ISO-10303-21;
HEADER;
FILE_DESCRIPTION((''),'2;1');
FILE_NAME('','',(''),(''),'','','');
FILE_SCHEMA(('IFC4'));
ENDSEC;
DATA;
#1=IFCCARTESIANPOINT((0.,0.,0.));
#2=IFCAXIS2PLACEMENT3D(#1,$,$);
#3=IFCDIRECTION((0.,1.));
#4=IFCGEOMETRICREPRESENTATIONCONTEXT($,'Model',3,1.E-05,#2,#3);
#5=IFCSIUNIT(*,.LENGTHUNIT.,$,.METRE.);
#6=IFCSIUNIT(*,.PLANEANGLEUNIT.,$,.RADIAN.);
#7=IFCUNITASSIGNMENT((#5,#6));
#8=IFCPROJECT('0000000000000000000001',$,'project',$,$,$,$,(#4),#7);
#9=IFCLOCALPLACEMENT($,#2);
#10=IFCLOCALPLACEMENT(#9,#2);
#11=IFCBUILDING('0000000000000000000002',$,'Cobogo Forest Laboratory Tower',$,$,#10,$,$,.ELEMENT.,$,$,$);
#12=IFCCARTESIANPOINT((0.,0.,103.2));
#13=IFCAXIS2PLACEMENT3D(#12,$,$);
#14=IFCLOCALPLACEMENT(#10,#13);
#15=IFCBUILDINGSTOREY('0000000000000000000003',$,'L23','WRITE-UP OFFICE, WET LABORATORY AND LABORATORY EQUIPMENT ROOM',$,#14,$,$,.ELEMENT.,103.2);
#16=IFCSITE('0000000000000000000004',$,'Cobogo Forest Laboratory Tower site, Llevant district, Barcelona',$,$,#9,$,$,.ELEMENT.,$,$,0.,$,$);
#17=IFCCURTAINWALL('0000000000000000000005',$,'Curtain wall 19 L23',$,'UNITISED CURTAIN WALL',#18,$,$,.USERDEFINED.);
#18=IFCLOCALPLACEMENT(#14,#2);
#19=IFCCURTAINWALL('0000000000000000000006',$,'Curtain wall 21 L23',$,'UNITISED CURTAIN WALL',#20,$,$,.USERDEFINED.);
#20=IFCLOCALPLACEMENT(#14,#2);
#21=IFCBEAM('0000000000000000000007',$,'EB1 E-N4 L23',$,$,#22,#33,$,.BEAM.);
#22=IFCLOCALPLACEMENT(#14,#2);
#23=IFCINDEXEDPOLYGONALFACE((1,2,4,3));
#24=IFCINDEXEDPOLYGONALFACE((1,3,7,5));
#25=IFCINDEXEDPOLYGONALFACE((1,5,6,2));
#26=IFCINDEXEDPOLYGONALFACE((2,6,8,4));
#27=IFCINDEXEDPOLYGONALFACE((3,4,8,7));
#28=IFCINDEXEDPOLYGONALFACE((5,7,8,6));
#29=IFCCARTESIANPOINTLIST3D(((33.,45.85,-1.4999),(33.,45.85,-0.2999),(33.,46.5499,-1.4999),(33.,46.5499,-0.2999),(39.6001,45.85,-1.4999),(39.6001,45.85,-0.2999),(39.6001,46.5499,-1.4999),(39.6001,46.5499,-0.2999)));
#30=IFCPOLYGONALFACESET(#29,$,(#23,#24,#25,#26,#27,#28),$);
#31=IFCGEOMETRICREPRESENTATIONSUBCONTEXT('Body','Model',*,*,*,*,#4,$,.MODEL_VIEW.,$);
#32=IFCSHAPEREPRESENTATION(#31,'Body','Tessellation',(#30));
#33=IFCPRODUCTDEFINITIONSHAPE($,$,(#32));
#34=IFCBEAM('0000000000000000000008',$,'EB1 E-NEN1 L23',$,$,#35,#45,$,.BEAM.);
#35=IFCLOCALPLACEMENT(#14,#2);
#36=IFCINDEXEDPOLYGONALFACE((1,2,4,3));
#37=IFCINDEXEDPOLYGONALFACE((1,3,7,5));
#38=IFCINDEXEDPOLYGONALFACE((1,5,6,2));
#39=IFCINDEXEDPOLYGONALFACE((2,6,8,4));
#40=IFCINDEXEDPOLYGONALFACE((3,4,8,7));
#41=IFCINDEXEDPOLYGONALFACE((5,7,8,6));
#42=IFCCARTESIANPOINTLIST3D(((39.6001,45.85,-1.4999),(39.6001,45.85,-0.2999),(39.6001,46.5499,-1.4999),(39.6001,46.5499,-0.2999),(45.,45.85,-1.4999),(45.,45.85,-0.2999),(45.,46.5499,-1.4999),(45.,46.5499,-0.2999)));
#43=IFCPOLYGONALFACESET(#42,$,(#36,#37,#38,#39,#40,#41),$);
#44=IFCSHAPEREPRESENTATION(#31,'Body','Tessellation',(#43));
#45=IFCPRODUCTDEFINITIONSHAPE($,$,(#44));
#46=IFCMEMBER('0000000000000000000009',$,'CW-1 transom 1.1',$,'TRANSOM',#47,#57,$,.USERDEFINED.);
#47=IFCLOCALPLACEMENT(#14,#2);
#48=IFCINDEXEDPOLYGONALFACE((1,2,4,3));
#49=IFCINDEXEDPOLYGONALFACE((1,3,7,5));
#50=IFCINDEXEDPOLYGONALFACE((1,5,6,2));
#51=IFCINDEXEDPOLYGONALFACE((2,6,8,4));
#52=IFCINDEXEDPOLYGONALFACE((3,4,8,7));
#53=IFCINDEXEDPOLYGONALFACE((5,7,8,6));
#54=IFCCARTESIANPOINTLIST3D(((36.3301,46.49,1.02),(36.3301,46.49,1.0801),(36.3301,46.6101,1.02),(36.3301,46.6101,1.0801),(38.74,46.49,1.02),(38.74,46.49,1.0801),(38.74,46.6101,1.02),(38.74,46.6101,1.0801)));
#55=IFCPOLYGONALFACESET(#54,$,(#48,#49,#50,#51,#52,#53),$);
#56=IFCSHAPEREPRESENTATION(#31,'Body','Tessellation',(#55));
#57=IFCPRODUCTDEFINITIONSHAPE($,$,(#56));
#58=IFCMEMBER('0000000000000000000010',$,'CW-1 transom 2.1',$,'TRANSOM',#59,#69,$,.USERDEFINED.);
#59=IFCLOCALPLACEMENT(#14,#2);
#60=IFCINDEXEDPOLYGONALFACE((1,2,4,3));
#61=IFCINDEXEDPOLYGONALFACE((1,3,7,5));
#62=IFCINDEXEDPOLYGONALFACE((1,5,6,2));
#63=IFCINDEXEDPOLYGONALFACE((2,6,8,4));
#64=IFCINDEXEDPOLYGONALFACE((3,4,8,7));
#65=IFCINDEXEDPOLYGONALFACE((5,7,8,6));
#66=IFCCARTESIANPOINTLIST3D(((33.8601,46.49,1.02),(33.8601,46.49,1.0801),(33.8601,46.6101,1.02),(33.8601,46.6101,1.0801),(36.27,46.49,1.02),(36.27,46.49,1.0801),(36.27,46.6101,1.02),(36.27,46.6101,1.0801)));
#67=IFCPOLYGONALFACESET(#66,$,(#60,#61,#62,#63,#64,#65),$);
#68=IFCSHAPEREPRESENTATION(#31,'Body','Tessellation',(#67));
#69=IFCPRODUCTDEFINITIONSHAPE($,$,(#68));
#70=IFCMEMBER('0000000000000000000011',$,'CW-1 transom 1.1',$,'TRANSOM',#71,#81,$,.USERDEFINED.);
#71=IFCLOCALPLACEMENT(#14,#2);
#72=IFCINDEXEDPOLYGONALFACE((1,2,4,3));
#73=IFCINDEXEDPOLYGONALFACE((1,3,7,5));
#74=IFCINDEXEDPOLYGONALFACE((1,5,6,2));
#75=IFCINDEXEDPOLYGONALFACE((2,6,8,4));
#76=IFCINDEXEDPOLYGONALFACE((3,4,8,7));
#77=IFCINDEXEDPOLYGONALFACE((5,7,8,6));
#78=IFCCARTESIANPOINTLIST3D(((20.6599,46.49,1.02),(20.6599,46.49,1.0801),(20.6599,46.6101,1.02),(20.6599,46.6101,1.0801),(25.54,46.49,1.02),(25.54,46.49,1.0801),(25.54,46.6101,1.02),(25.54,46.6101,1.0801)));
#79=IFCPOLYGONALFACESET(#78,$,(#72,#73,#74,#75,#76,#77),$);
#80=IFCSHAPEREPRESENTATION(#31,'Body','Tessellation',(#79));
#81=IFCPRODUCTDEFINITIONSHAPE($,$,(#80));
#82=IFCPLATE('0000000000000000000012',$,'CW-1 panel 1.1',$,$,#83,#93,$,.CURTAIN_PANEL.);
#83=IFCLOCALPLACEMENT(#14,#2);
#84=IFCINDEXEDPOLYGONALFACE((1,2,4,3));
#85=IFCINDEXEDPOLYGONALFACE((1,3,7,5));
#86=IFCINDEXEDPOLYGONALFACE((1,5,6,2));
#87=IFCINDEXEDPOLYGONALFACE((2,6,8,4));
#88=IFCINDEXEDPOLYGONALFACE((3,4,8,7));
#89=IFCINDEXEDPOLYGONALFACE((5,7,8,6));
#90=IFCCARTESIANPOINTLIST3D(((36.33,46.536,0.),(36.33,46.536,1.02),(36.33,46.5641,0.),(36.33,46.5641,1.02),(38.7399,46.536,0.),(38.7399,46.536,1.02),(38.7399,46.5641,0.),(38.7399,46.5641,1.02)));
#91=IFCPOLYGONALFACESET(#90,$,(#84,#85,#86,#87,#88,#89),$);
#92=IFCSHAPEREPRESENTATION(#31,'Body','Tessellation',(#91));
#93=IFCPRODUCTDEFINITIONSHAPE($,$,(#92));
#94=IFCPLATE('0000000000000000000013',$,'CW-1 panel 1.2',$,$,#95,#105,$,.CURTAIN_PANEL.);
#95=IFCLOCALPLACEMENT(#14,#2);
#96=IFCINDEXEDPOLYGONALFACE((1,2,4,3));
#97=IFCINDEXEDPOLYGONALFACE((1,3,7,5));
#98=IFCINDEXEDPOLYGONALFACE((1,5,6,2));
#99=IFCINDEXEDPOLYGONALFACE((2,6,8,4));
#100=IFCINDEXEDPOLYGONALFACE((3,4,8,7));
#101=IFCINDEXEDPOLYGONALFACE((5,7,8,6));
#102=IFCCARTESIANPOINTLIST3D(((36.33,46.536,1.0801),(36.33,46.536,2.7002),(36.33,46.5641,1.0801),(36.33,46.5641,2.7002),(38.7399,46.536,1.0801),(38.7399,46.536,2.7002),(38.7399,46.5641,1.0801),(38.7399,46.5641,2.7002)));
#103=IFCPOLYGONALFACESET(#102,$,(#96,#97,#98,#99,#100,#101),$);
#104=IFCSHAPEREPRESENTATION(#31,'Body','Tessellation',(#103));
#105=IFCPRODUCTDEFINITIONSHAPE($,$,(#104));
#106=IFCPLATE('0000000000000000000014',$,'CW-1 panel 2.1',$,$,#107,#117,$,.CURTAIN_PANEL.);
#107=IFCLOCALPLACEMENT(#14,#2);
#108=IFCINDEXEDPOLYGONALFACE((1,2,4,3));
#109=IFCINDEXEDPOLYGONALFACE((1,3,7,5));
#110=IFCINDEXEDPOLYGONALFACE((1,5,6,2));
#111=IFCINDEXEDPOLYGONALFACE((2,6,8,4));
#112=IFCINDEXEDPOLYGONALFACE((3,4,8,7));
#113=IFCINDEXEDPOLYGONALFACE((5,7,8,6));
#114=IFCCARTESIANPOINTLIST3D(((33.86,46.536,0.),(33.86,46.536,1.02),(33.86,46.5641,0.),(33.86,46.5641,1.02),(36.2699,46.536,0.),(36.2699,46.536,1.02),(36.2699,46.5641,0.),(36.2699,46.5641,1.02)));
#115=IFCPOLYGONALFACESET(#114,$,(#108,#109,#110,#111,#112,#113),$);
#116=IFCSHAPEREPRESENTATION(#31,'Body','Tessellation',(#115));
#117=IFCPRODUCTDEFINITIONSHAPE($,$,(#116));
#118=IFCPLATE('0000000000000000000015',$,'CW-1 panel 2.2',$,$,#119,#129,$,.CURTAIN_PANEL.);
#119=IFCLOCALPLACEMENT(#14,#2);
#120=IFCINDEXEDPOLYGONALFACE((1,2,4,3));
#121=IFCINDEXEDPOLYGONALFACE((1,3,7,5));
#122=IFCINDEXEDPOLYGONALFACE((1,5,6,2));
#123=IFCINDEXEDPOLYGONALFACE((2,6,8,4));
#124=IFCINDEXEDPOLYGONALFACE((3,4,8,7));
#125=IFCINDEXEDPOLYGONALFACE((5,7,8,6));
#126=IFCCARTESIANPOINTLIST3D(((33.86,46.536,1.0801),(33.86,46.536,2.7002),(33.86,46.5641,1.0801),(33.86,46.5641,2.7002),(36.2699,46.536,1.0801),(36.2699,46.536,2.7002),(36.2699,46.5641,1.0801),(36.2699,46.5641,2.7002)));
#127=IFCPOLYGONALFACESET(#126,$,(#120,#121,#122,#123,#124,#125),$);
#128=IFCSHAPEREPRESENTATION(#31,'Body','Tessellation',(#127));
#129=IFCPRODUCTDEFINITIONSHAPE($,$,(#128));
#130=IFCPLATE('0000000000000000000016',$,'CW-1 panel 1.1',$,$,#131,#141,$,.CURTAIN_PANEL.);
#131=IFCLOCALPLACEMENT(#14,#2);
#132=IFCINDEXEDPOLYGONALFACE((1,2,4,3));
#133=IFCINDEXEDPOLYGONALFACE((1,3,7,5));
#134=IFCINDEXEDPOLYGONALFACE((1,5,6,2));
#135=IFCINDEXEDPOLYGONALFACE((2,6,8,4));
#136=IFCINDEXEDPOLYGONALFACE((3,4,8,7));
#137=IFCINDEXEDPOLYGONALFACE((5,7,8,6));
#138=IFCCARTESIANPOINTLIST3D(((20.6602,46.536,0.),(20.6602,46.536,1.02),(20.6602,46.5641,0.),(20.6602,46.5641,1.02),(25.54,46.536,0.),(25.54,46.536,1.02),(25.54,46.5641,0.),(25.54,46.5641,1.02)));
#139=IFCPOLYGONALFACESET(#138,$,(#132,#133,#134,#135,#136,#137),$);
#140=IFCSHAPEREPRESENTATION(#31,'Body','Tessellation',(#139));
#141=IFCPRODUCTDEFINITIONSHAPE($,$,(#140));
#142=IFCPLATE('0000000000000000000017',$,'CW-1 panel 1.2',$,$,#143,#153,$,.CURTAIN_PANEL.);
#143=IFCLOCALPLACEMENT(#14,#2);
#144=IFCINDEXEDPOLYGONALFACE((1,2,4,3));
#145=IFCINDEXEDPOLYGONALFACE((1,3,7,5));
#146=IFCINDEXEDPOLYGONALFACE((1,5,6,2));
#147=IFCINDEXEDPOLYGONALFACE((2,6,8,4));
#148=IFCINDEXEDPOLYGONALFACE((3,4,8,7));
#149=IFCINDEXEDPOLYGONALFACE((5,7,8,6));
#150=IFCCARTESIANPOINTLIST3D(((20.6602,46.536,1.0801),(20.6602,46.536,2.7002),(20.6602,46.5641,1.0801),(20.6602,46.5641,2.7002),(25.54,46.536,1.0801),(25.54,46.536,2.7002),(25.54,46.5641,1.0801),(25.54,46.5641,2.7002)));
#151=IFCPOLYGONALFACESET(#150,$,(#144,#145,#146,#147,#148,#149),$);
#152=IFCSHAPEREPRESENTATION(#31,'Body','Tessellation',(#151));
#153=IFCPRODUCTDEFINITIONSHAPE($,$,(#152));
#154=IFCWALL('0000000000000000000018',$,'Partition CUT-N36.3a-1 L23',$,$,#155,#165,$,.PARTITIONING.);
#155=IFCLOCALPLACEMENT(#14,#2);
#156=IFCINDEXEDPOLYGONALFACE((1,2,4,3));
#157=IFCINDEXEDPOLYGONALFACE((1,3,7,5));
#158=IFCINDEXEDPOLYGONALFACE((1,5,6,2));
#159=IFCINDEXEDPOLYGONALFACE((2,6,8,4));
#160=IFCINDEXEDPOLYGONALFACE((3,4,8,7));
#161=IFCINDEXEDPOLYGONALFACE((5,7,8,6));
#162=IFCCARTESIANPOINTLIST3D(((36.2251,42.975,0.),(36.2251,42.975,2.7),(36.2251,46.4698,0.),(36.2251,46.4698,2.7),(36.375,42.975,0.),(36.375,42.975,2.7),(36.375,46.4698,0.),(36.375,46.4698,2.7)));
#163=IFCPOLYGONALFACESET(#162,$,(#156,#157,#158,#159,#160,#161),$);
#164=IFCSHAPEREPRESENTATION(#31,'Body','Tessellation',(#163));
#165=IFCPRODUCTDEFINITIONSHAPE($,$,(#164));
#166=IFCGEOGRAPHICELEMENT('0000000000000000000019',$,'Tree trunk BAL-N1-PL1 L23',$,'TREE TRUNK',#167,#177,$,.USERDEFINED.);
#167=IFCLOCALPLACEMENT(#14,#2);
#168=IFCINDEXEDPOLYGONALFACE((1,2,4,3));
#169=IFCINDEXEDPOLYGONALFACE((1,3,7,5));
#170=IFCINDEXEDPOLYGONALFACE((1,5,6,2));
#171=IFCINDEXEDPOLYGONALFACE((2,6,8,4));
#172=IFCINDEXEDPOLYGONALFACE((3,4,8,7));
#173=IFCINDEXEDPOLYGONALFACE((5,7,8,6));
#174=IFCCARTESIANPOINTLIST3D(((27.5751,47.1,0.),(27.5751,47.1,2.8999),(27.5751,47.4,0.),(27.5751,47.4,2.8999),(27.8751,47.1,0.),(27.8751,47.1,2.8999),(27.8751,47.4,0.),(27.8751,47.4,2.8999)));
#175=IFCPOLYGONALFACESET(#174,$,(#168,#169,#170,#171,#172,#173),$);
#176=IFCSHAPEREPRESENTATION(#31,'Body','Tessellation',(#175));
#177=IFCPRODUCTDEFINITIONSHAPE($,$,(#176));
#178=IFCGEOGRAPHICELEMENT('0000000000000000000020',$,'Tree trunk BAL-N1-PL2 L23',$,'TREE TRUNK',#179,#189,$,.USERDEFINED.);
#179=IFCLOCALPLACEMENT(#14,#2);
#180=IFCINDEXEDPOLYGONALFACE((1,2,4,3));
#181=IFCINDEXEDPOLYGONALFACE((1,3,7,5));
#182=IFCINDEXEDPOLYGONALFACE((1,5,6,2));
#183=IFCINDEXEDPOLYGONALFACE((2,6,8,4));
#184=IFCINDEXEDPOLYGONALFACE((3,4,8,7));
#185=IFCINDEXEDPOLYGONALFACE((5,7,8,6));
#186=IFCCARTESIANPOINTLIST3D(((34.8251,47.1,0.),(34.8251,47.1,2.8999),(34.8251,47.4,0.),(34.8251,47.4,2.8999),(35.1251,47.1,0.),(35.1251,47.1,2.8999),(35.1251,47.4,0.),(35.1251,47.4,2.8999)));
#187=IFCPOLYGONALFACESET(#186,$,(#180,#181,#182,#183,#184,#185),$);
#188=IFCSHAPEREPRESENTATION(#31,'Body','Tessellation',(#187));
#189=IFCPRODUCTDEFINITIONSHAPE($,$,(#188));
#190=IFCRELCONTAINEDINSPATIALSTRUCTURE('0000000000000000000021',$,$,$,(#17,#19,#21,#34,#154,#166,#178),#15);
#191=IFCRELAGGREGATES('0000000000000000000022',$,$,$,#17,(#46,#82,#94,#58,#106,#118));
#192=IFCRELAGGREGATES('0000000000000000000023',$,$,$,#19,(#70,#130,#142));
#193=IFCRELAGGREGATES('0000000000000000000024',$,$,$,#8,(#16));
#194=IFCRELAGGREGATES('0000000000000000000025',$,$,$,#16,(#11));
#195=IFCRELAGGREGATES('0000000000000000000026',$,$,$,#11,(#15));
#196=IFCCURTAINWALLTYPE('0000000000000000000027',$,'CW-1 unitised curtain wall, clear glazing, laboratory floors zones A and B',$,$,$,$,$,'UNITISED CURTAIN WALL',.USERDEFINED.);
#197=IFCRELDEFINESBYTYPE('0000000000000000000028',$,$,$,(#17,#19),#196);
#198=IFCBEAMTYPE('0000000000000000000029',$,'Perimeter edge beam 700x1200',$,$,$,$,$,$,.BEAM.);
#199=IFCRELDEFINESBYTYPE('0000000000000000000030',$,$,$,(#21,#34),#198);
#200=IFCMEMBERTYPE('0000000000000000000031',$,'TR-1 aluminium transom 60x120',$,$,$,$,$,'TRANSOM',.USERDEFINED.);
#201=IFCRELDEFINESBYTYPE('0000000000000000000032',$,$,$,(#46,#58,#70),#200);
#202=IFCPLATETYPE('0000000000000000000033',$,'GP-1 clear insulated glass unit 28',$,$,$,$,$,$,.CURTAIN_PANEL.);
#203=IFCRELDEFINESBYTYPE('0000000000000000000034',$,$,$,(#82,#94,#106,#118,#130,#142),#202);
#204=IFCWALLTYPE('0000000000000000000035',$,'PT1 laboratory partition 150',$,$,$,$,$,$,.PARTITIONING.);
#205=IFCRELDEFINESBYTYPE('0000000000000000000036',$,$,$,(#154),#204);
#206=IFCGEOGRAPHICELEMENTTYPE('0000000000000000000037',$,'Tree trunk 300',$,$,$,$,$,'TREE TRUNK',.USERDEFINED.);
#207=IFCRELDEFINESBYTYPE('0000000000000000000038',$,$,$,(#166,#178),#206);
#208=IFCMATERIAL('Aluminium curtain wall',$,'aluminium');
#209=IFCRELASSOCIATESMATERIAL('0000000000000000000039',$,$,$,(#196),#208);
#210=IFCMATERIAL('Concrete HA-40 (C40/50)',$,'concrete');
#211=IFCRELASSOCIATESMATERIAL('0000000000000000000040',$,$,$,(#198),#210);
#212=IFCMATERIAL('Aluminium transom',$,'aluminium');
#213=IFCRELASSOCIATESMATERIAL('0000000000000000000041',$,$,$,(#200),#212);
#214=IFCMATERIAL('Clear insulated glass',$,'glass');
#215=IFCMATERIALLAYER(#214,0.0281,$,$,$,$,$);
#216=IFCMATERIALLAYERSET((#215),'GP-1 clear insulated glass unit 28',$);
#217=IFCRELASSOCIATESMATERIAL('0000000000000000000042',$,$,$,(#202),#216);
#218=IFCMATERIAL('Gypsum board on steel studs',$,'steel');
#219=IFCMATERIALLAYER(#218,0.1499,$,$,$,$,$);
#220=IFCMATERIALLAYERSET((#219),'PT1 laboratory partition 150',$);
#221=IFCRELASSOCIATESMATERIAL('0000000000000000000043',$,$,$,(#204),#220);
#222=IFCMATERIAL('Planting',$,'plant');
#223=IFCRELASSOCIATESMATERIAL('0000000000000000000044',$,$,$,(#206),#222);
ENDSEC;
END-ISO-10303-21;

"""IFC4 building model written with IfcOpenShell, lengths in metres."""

from ifc_helpers import new_model, si_unit, direction, frame, frame_2d, origin, origin_2d, place, context, subcontext, project, spatial, rectangle, extrude, material, layer, layer_set, material_profile, profile_set, type_object, element, aggregate, save


model = new_model("IFC4")

# Units and contexts
model_context = context("Model", 3, precision=1e-05, world=origin(), true_north=direction((0.0, 1.0)))
body_context = subcontext(model_context, "Body", "Model", "MODEL_VIEW")
ifc_project = project(units=[si_unit("LENGTHUNIT", "METRE"), si_unit("PLANEANGLEUNIT", "RADIAN")], contexts=[model_context])

# Site, building, storey
site_placement = place(None, origin())
site = spatial("IfcSite", under=ifc_project, at=site_placement, Name="Cobogo Forest Laboratory Tower site, Llevant district, Barcelona", CompositionType="ELEMENT", RefElevation=0.0)
building_placement = place(site_placement, origin())
building = spatial("IfcBuilding", under=site, at=building_placement, Name="Cobogo Forest Laboratory Tower", CompositionType="ELEMENT")
storey_placement = place(building_placement, frame((0.0, 0.0, 103.2)))
storey = spatial("IfcBuildingStorey", under=building, at=storey_placement, Name="L23", Description="WRITE-UP OFFICE, WET LABORATORY AND LABORATORY EQUIPMENT ROOM", CompositionType="ELEMENT", Elevation=103.2)

# Shared definitions
ifc_material_1 = material(Name="Concrete HA-40 (C40/50)", Category="concrete")

# Shared definitions
ifc_material_2 = material(Name="Aluminium curtain wall", Category="aluminium")
curtain_wall_type = type_object("IfcCurtainWallType", Name="CW-1 unitised curtain wall, clear glazing, laboratory floors zones A and B", ElementType="UNITISED CURTAIN WALL", PredefinedType="USERDEFINED", material=ifc_material_2)

# Curtain walls
curtain_wall_1_placement = place(storey_placement, origin())
curtain_wall_1 = element("IfcCurtainWall", 1, at=curtain_wall_1_placement, inside=storey, type_object=curtain_wall_type, Name="Curtain wall 19 L23", ObjectType="UNITISED CURTAIN WALL", PredefinedType="USERDEFINED")
curtain_wall_2_placement = place(storey_placement, origin())
curtain_wall_2 = element("IfcCurtainWall", 2, at=curtain_wall_2_placement, inside=storey, type_object=curtain_wall_type, Name="Curtain wall 21 L23", ObjectType="UNITISED CURTAIN WALL", PredefinedType="USERDEFINED")

# Beams
ifc_material_profile_1 = material_profile(ifc_material_1, rectangle(XDim=0.7, YDim=1.2, at=origin_2d()), Name="RC 700x1200")
ifc_profile_set_1 = profile_set([ifc_material_profile_1], Name="Concrete HA-40 (C40/50)")
beam_type_1 = type_object("IfcBeamType", Name="Perimeter edge beam 700x1200", PredefinedType="BEAM", material=ifc_profile_set_1)
for number, where, z_axis, x_axis, name in (
    (3, (33.0, 46.2, -0.8999), (1.0, 0.0, 0.0), (0.0, 1.0, 0.0), "EB1 E-N4 L23"),
):
    element("IfcBeam", number, at=place(storey_placement, frame(where, z_axis=z_axis, x_axis=x_axis)), inside=storey, type_object=beam_type_1, Name=name, PredefinedType="BEAM", context=body_context, shape_type="SweptSolid", body=[
        extrude(rectangle(XDim=0.7, YDim=1.2, at=origin_2d()), origin(), (0.0, 0.0, 1.0), 6.6001),
    ])
beam_placement = place(storey_placement, frame((39.6001, 46.2, -0.8999), z_axis=(1.0, 0.0, 0.0), x_axis=(0.0, 1.0, 0.0)))
element("IfcBeam", 4, at=beam_placement, inside=storey, type_object=beam_type_1, Name="EB1 E-NEN1 L23", PredefinedType="BEAM", context=body_context, shape_type="SweptSolid", body=[
    extrude(rectangle(XDim=0.7, YDim=1.2, at=origin_2d()), origin(), (0.0, 0.0, 1.0), 5.3999),
])

# Members
ifc_material_3 = material(Name="Aluminium transom", Category="aluminium")
ifc_material_profile_2 = material_profile(ifc_material_3, rectangle(XDim=0.1201, YDim=0.0601, at=origin_2d()), Name="AL 60x120")
ifc_profile_set_2 = profile_set([ifc_material_profile_2], Name="Aluminium transom")
member_type_1 = type_object("IfcMemberType", Name="TR-1 aluminium transom 60x120", ElementType="TRANSOM", PredefinedType="USERDEFINED", material=ifc_profile_set_2)
member_1_placement = place(storey_placement, frame((38.74, 46.55, 1.05), z_axis=(-1.0, 0.0, 0.0), x_axis=(0.0, -1.0, 0.0)))
member_1 = element("IfcMember", 5, at=member_1_placement, type_object=member_type_1, Name="CW-1 transom 1.1", ObjectType="TRANSOM", PredefinedType="USERDEFINED", context=body_context, shape_type="SweptSolid", body=[
    extrude(rectangle(XDim=0.1201, YDim=0.0601, at=origin_2d()), origin(), (0.0, 0.0, 1.0), 2.4099),
])
member_2_placement = place(storey_placement, frame((36.27, 46.55, 1.05), z_axis=(-1.0, 0.0, 0.0), x_axis=(0.0, -1.0, 0.0)))
member_2 = element("IfcMember", 6, at=member_2_placement, type_object=member_type_1, Name="CW-1 transom 2.1", ObjectType="TRANSOM", PredefinedType="USERDEFINED", context=body_context, shape_type="SweptSolid", body=[
    extrude(rectangle(XDim=0.1201, YDim=0.0601, at=origin_2d()), origin(), (0.0, 0.0, 1.0), 2.4099),
])
member_3_placement = place(storey_placement, frame((25.54, 46.55, 1.05), z_axis=(-1.0, 0.0, 0.0), x_axis=(0.0, -1.0, 0.0)))
member_3 = element("IfcMember", 7, at=member_3_placement, type_object=member_type_1, Name="CW-1 transom 1.1", ObjectType="TRANSOM", PredefinedType="USERDEFINED", context=body_context, shape_type="SweptSolid", body=[
    extrude(rectangle(XDim=0.1201, YDim=0.0601, at=origin_2d()), origin(), (0.0, 0.0, 1.0), 4.8801),
])

# Plates
ifc_material_4 = material(Name="Clear insulated glass", Category="glass")
ifc_layer_1 = layer(ifc_material_4, 0.0281)
ifc_layer_set_1 = layer_set([ifc_layer_1], Name="GP-1 clear insulated glass unit 28")
plate_type_1 = type_object("IfcPlateType", Name="GP-1 clear insulated glass unit 28", PredefinedType="CURTAIN_PANEL", material=ifc_layer_set_1)
plate_1_placement = place(storey_placement, frame((37.5349, 46.55, 0.0), z_axis=(0.0, 0.0, 1.0), x_axis=(-1.0, 0.0, 0.0)))
plate_1 = element("IfcPlate", 8, at=plate_1_placement, type_object=plate_type_1, Name="CW-1 panel 1.1", PredefinedType="CURTAIN_PANEL", context=body_context, shape_type="SweptSolid", body=[
    extrude(rectangle(XDim=2.4099, YDim=0.0281, at=origin_2d()), origin(), (0.0, 0.0, 1.0), 1.02),
])
plate_2_placement = place(storey_placement, frame((37.5349, 46.55, 1.0801), z_axis=(0.0, 0.0, 1.0), x_axis=(-1.0, 0.0, 0.0)))
plate_2 = element("IfcPlate", 9, at=plate_2_placement, type_object=plate_type_1, Name="CW-1 panel 1.2", PredefinedType="CURTAIN_PANEL", context=body_context, shape_type="SweptSolid", body=[
    extrude(rectangle(XDim=2.4099, YDim=0.0281, at=origin_2d()), origin(), (0.0, 0.0, 1.0), 1.6201),
])
plate_3_placement = place(storey_placement, frame((35.0649, 46.55, 0.0), z_axis=(0.0, 0.0, 1.0), x_axis=(-1.0, 0.0, 0.0)))
plate_3 = element("IfcPlate", 10, at=plate_3_placement, type_object=plate_type_1, Name="CW-1 panel 2.1", PredefinedType="CURTAIN_PANEL", context=body_context, shape_type="SweptSolid", body=[
    extrude(rectangle(XDim=2.4099, YDim=0.0281, at=origin_2d()), origin(), (0.0, 0.0, 1.0), 1.02),
])
plate_4_placement = place(storey_placement, frame((35.0649, 46.55, 1.0801), z_axis=(0.0, 0.0, 1.0), x_axis=(-1.0, 0.0, 0.0)))
plate_4 = element("IfcPlate", 11, at=plate_4_placement, type_object=plate_type_1, Name="CW-1 panel 2.2", PredefinedType="CURTAIN_PANEL", context=body_context, shape_type="SweptSolid", body=[
    extrude(rectangle(XDim=2.4099, YDim=0.0281, at=origin_2d()), origin(), (0.0, 0.0, 1.0), 1.6201),
])
aggregate(curtain_wall_1, [member_1, plate_1, plate_2, member_2, plate_3, plate_4])
plate_5_placement = place(storey_placement, frame((23.1001, 46.55, 0.0), z_axis=(0.0, 0.0, 1.0), x_axis=(-1.0, 0.0, 0.0)))
plate_5 = element("IfcPlate", 12, at=plate_5_placement, type_object=plate_type_1, Name="CW-1 panel 1.1", PredefinedType="CURTAIN_PANEL", context=body_context, shape_type="SweptSolid", body=[
    extrude(rectangle(XDim=4.8799, YDim=0.0281, at=origin_2d()), origin(), (0.0, 0.0, 1.0), 1.02),
])
plate_6_placement = place(storey_placement, frame((23.1001, 46.55, 1.0801), z_axis=(0.0, 0.0, 1.0), x_axis=(-1.0, 0.0, 0.0)))
plate_6 = element("IfcPlate", 13, at=plate_6_placement, type_object=plate_type_1, Name="CW-1 panel 1.2", PredefinedType="CURTAIN_PANEL", context=body_context, shape_type="SweptSolid", body=[
    extrude(rectangle(XDim=4.8799, YDim=0.0281, at=origin_2d()), origin(), (0.0, 0.0, 1.0), 1.6201),
])
aggregate(curtain_wall_2, [member_3, plate_5, plate_6])

# Wall
ifc_material_5 = material(Name="Gypsum board on steel studs", Category="steel")
ifc_layer_2 = layer(ifc_material_5, 0.1499)
ifc_layer_set_2 = layer_set([ifc_layer_2], Name="PT1 laboratory partition 150")
wall_type_1 = type_object("IfcWallType", Name="PT1 laboratory partition 150", PredefinedType="PARTITIONING", material=ifc_layer_set_2)
wall_1_placement = place(storey_placement, frame((36.3, 46.47, 0.0), z_axis=(0.0, 0.0, 1.0), x_axis=(0.0, -1.0, 0.0)))
element("IfcWall", 14, at=wall_1_placement, inside=storey, type_object=wall_type_1, Name="Partition CUT-N36.3a-1 L23", PredefinedType="PARTITIONING", context=body_context, shape_type="SweptSolid", body=[
    extrude(rectangle(XDim=3.4949, YDim=0.1499, at=frame_2d((1.7476, 0.0))), origin(), (0.0, 0.0, 1.0), 2.7),
])

# Geographic elements
ifc_material_6 = material(Name="Planting", Category="plant")
geographic_element_type = type_object("IfcGeographicElementType", Name="Tree trunk 300", ElementType="TREE TRUNK", PredefinedType="USERDEFINED", material=ifc_material_6)
for number, where, z_axis, x_axis, name in (
    (15, (27.7251, 47.25, 0.0), (0.0, 0.0, 1.0), (1.0, 0.0, 0.0), "Tree trunk BAL-N1-PL1 L23"),
    (16, (34.9751, 47.25, 0.0), (0.0, 0.0, 1.0), (1.0, 0.0, 0.0), "Tree trunk BAL-N1-PL2 L23"),
):
    element("IfcGeographicElement", number, at=place(storey_placement, frame(where, z_axis=z_axis, x_axis=x_axis)), inside=storey, type_object=geographic_element_type, Name=name, ObjectType="TREE TRUNK", PredefinedType="USERDEFINED", context=body_context, shape_type="SweptSolid", body=[
        extrude(rectangle(XDim=0.3, YDim=0.3, at=origin_2d()), origin(), (0.0, 0.0, 1.0), 2.8999),
    ])

save(model, "model.ifc")
